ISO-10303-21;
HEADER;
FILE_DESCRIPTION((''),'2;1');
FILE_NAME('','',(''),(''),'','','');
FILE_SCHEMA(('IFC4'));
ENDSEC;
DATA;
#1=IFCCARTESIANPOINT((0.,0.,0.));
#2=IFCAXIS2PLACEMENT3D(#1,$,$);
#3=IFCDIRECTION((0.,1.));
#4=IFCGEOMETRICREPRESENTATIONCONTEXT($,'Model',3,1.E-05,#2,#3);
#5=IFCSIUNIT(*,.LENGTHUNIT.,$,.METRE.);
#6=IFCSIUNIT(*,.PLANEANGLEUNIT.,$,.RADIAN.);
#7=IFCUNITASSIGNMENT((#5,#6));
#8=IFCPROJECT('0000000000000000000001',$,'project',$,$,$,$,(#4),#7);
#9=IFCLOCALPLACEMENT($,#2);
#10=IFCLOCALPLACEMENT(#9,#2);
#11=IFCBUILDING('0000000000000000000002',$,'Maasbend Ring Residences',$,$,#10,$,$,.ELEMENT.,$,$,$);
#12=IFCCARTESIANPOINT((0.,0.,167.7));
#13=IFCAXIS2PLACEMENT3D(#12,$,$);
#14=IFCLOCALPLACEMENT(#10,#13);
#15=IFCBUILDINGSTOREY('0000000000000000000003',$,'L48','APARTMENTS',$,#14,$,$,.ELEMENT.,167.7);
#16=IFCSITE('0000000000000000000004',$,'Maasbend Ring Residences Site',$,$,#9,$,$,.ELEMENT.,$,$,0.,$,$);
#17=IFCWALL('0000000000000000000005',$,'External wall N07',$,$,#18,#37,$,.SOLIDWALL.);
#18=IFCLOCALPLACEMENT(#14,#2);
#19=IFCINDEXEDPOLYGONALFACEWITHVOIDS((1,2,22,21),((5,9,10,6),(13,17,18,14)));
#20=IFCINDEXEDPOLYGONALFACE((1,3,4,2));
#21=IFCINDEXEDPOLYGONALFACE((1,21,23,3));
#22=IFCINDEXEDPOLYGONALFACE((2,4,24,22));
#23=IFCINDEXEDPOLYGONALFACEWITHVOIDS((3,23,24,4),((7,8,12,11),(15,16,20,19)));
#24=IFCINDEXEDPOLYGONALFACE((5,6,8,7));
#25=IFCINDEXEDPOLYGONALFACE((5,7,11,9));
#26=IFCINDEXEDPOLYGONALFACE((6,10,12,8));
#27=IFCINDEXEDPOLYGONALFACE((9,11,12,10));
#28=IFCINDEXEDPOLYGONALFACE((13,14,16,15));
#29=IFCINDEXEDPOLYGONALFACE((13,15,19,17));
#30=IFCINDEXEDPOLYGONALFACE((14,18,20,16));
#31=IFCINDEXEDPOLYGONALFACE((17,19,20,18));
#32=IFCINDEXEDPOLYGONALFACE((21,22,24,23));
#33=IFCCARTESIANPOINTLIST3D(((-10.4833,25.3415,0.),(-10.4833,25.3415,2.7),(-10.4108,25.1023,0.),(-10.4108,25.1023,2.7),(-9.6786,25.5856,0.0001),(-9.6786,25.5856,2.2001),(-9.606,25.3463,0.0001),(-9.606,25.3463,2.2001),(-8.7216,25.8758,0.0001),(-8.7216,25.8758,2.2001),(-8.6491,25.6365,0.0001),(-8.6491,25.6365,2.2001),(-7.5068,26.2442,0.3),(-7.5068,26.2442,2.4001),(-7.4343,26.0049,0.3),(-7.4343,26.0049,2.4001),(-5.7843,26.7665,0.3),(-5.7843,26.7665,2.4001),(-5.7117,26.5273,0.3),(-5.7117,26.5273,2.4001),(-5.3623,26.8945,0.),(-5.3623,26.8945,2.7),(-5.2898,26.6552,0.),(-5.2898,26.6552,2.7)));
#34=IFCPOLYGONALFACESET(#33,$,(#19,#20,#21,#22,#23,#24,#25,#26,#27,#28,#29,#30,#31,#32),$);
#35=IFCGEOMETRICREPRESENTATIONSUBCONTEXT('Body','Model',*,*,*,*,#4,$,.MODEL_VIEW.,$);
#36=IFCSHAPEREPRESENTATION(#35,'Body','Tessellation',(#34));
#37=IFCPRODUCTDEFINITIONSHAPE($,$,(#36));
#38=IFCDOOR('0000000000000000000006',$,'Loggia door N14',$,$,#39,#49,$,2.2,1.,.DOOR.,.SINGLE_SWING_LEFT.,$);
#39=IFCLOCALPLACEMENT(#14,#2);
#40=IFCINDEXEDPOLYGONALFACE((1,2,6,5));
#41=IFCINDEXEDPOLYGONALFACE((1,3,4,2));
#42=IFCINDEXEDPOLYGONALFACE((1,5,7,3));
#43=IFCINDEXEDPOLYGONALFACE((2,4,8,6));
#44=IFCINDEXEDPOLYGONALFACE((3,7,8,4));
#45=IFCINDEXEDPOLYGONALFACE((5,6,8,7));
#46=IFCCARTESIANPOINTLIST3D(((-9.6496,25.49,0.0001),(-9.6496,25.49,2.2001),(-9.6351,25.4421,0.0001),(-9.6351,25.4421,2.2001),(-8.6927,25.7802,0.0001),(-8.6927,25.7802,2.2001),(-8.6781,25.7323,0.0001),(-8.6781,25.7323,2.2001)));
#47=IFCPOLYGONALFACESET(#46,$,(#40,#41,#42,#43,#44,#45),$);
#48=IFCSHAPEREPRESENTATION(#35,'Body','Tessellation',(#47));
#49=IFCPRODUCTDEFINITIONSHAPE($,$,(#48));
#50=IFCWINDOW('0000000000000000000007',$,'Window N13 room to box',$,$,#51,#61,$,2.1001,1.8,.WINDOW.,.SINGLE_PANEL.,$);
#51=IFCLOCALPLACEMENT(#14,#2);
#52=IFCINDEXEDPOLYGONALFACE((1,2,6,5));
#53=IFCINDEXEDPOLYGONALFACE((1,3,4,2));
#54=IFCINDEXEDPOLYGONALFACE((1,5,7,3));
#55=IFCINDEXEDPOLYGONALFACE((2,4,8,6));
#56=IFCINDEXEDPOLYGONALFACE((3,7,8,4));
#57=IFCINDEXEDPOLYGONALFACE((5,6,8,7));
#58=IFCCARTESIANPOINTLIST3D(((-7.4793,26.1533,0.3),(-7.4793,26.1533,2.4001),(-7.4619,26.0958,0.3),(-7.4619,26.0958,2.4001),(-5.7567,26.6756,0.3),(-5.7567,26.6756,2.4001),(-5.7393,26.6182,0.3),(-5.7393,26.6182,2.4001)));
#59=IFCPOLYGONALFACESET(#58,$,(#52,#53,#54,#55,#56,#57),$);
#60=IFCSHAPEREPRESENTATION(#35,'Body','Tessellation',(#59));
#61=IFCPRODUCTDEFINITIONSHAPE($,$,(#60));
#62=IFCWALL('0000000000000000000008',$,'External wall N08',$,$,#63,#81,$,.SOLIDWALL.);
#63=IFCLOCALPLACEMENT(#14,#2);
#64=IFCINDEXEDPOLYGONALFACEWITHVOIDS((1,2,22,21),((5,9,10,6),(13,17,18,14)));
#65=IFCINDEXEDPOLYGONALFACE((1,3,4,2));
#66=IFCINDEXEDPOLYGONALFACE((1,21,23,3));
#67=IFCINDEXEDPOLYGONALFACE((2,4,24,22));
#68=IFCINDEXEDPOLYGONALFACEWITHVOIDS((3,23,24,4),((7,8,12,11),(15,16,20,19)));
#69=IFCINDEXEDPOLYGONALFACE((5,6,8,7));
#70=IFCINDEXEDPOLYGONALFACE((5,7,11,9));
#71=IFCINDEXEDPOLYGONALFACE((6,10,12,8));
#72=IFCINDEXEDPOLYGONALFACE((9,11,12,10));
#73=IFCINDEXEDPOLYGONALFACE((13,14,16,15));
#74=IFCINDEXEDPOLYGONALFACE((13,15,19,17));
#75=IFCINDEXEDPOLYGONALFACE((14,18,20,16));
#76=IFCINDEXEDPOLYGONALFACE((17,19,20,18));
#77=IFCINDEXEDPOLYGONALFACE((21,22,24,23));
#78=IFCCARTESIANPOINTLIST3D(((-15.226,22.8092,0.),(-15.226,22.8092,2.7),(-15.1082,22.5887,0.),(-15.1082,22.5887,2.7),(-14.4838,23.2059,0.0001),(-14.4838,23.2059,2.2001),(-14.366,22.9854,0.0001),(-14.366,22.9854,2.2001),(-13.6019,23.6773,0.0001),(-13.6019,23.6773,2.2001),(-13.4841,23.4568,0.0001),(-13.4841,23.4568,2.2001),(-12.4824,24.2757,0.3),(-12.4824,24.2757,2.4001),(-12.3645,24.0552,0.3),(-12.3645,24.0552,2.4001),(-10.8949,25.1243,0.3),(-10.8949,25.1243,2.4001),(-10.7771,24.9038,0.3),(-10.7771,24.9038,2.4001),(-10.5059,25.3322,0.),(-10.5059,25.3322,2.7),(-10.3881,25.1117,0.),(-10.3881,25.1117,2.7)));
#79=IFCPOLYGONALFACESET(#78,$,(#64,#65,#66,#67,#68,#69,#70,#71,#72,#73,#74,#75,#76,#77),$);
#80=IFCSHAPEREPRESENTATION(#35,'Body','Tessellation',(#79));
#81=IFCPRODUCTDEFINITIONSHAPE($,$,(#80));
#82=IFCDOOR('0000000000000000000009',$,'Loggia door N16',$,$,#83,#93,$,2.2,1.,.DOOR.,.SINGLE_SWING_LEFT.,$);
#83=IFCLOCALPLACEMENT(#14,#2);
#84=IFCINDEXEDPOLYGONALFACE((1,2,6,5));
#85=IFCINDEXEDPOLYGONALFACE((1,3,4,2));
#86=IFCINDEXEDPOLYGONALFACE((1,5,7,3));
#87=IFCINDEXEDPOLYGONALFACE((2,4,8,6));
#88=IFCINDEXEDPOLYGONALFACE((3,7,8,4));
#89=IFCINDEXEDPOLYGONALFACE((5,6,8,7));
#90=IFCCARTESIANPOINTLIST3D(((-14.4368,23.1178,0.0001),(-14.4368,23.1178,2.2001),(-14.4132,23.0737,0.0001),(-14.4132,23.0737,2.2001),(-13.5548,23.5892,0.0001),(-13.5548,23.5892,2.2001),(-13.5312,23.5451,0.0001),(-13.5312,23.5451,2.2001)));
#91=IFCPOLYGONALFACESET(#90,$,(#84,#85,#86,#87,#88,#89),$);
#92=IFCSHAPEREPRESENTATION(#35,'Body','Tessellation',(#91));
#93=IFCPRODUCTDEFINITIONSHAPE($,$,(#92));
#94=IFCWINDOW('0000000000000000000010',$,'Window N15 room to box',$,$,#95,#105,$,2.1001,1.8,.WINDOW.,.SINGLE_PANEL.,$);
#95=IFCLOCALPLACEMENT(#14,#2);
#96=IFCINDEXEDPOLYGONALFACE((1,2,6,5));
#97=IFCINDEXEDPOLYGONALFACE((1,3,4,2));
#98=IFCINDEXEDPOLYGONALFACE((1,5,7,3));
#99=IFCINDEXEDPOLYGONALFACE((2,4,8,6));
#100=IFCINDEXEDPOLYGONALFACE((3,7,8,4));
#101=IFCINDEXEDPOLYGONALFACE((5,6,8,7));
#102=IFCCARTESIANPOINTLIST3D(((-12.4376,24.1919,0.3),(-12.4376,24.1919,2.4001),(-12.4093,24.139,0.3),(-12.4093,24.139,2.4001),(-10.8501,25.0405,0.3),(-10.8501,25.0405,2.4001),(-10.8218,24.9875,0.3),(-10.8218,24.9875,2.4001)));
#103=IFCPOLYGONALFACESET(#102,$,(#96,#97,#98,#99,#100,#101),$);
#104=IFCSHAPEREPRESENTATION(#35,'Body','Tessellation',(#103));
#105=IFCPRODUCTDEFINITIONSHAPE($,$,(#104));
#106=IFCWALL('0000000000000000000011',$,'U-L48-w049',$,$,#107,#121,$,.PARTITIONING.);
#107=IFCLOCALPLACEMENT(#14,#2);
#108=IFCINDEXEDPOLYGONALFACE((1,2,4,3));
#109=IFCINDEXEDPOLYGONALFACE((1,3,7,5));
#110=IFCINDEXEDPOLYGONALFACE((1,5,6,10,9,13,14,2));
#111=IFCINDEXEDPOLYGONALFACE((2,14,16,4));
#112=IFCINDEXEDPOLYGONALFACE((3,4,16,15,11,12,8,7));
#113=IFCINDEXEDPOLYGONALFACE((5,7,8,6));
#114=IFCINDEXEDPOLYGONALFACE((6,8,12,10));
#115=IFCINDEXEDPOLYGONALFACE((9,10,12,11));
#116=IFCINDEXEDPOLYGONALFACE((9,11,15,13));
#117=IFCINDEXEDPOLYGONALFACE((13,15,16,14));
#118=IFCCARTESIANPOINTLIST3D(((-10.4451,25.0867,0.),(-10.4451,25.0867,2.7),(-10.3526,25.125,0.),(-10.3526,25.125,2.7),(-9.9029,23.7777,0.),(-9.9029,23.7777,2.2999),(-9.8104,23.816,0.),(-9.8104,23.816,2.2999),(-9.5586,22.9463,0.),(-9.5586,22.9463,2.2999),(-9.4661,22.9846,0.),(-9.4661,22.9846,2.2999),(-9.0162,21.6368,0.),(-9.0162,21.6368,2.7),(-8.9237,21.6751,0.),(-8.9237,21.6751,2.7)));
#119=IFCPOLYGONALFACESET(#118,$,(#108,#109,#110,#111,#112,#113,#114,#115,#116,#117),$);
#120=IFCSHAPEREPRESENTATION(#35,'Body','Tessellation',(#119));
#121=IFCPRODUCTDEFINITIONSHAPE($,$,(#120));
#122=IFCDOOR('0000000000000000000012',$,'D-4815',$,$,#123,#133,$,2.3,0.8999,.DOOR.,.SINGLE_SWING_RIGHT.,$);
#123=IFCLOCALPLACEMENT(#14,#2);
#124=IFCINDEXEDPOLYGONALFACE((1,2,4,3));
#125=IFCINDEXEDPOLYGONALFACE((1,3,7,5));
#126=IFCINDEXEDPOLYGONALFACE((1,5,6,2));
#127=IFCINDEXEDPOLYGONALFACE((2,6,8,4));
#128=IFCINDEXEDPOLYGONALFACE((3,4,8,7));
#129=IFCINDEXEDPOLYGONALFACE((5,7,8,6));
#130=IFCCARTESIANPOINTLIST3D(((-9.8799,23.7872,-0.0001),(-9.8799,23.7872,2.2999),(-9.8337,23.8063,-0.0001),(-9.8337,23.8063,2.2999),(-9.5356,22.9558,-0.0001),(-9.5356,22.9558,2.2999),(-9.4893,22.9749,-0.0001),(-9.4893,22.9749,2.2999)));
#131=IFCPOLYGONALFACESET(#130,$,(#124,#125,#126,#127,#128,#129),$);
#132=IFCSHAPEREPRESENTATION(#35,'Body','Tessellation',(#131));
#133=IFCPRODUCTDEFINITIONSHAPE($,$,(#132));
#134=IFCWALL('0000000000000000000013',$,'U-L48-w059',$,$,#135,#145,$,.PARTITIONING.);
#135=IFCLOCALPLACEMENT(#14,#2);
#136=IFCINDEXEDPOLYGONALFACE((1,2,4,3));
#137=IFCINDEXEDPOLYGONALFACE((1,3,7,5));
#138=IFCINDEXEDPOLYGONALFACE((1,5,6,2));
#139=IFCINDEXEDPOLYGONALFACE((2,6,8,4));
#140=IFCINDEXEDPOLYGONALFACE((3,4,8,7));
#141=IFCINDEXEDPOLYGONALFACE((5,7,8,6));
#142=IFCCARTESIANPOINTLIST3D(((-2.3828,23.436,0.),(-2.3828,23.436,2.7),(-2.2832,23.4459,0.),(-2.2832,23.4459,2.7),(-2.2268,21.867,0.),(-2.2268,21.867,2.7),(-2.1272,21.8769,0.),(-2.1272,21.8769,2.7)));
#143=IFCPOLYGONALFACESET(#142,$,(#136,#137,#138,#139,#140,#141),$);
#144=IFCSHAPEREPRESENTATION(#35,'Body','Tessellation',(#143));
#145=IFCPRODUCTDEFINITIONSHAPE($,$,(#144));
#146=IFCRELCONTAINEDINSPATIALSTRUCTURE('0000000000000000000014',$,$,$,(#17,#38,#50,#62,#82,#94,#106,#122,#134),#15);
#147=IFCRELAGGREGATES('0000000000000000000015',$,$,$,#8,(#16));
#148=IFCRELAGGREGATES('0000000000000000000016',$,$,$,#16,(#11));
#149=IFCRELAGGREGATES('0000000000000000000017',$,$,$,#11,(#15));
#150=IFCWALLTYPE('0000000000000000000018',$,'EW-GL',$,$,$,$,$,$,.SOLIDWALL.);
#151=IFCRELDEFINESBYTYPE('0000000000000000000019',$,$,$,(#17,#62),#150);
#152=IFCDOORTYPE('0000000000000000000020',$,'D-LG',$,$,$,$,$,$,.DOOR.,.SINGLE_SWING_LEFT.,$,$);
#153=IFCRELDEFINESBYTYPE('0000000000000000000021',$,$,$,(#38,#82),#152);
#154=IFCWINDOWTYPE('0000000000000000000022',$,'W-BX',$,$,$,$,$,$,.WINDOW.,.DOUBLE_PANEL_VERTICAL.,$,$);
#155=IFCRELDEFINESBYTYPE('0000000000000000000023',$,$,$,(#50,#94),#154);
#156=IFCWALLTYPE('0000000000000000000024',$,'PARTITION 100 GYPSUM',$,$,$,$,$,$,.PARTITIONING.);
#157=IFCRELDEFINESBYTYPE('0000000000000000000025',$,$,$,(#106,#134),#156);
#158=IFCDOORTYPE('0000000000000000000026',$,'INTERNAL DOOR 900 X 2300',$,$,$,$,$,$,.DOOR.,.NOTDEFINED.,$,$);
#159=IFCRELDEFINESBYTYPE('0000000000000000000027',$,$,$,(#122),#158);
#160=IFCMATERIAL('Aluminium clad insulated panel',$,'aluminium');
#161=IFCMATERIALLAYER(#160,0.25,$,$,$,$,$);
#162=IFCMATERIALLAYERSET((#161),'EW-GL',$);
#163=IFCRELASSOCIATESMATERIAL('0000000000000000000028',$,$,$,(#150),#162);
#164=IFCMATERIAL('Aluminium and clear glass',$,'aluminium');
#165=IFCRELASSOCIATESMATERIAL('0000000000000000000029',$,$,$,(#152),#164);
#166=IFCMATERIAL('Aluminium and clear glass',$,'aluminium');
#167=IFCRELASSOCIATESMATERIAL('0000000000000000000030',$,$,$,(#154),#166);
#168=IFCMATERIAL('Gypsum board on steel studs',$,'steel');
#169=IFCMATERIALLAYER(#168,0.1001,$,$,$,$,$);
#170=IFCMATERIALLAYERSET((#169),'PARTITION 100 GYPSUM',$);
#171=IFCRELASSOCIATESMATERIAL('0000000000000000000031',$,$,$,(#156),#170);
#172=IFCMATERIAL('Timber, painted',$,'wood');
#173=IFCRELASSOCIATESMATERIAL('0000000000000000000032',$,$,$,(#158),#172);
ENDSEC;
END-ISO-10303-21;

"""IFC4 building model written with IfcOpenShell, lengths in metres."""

from ifc_helpers import new_model, si_unit, direction, frame, frame_2d, origin, place, context, subcontext, project, spatial, rectangle, extrude, material, layer, layer_set, type_object, element, fill, save


model = new_model("IFC4")

# Units and contexts
model_context = context("Model", 3, precision=1e-05, world=origin(), true_north=direction((0.0, 1.0)))
body_context = subcontext(model_context, "Body", "Model", "MODEL_VIEW")
ifc_project = project(units=[si_unit("LENGTHUNIT", "METRE"), si_unit("PLANEANGLEUNIT", "RADIAN")], contexts=[model_context])

# Site, building, storey
site_placement = place(None, origin())
site = spatial("IfcSite", under=ifc_project, at=site_placement, Name="Maasbend Ring Residences Site", CompositionType="ELEMENT", RefElevation=0.0)
building_placement = place(site_placement, origin())
building = spatial("IfcBuilding", under=site, at=building_placement, Name="Maasbend Ring Residences", CompositionType="ELEMENT")
storey_placement = place(building_placement, frame((0.0, 0.0, 167.7)))
storey = spatial("IfcBuildingStorey", under=building, at=storey_placement, Name="L48", Description="APARTMENTS", CompositionType="ELEMENT", Elevation=167.7)

# Walls, openings, doors, windows
ifc_material_1 = material(Name="Aluminium clad insulated panel", Category="aluminium")
ifc_layer_1 = layer(ifc_material_1, 0.25)
ifc_layer_set_1 = layer_set([ifc_layer_1], Name="EW-GL")
wall_type_1 = type_object("IfcWallType", Name="EW-GL", PredefinedType="SOLIDWALL", material=ifc_layer_set_1)
wall_1_placement = place(storey_placement, frame((-5.3259, 26.7749, 0.0), z_axis=(0.0, 0.0, 1.0), x_axis=(-0.956966, -0.290201, 0.0)))
wall_1 = element("IfcWall", 1, at=wall_1_placement, inside=storey, type_object=wall_type_1, Name="External wall N07", PredefinedType="SOLIDWALL", context=body_context, shape_type="SweptSolid", body=[
    extrude(rectangle(XDim=5.3513, YDim=0.25, at=frame_2d((2.6758, 0.0))), origin(), (0.0, 0.0, 1.0), 2.7),
])
opening_1_placement = place(wall_1_placement, frame((0.4412, 0.0, 0.3)))
opening_1 = element("IfcOpeningElement", 2, at=opening_1_placement, cuts=wall_1, PredefinedType="OPENING", context=body_context, shape_type="SweptSolid", body=[
    extrude(rectangle(XDim=1.8, YDim=2.1001, at=frame_2d((0.8999, 1.05))), frame((0.0, 0.135, 0.0), z_axis=(0.0, -1.0, 0.0), x_axis=(1.0, 0.0, 0.0)), (0.0, 0.0, 1.0), 0.27),
])
opening_2_placement = place(wall_1_placement, frame((3.5105, 0.0, 0.0)))
opening_2 = element("IfcOpeningElement", 3, at=opening_2_placement, cuts=wall_1, PredefinedType="OPENING", context=body_context, shape_type="SweptSolid", body=[
    extrude(rectangle(XDim=1.0, YDim=2.2, at=frame_2d((0.5, 1.1001))), frame((0.0, 0.135, 0.0), z_axis=(0.0, -1.0, 0.0), x_axis=(1.0, 0.0, 0.0)), (0.0, 0.0, 1.0), 0.27),
])
ifc_material_2 = material(Name="Aluminium and clear glass", Category="aluminium")
door_type_1 = type_object("IfcDoorType", Name="D-LG", OperationType="SINGLE_SWING_LEFT", PredefinedType="DOOR", material=ifc_material_2)
door_1_placement = place(opening_2_placement, origin())
door_1 = element("IfcDoor", 4, at=door_1_placement, inside=storey, type_object=door_type_1, Name="Loggia door N14", OperationType="SINGLE_SWING_LEFT", OverallHeight=2.2, OverallWidth=1.0, PredefinedType="DOOR", context=body_context, shape_type="SweptSolid", body=[
    extrude(rectangle(XDim=1.0, YDim=2.2, at=frame_2d((0.5, 1.1001))), frame((0.0, 0.0249, 0.0), z_axis=(0.0, -1.0, 0.0), x_axis=(1.0, 0.0, 0.0)), (0.0, 0.0, 1.0), 0.05),
])
fill(opening_2, door_1)
ifc_material_3 = material(Name="Aluminium and clear glass", Category="aluminium")
window_type_1 = type_object("IfcWindowType", Name="W-BX", PartitioningType="DOUBLE_PANEL_VERTICAL", PredefinedType="WINDOW", material=ifc_material_3)
window_1_placement = place(opening_1_placement, origin())
window_1 = element("IfcWindow", 5, at=window_1_placement, inside=storey, type_object=window_type_1, Name="Window N13 room to box", OverallHeight=2.1001, OverallWidth=1.8, PartitioningType="SINGLE_PANEL", PredefinedType="WINDOW", context=body_context, shape_type="SweptSolid", body=[
    extrude(rectangle(XDim=1.8, YDim=2.1001, at=frame_2d((0.8999, 1.05))), frame((0.0, 0.03, 0.0), z_axis=(0.0, -1.0, 0.0), x_axis=(1.0, 0.0, 0.0)), (0.0, 0.0, 1.0), 0.0601),
])
fill(opening_1, window_1)
wall_2_placement = place(storey_placement, frame((-10.447, 25.2219, 0.0), z_axis=(0.0, 0.0, 1.0), x_axis=(-0.881916, -0.471407, 0.0)))
wall_2 = element("IfcWall", 6, at=wall_2_placement, inside=storey, type_object=wall_type_1, Name="External wall N08", PredefinedType="SOLIDWALL", context=body_context, shape_type="SweptSolid", body=[
    extrude(rectangle(XDim=5.3521, YDim=0.25, at=frame_2d((2.676, 0.0))), origin(), (0.0, 0.0, 1.0), 2.7),
])
opening_3_placement = place(wall_2_placement, frame((0.4412, 0.0, 0.3)))
opening_3 = element("IfcOpeningElement", 7, at=opening_3_placement, cuts=wall_2, PredefinedType="OPENING", context=body_context, shape_type="SweptSolid", body=[
    extrude(rectangle(XDim=1.8, YDim=2.1001, at=frame_2d((0.8999, 1.05))), frame((0.0, 0.135, 0.0), z_axis=(0.0, -1.0, 0.0), x_axis=(1.0, 0.0, 0.0)), (0.0, 0.0, 1.0), 0.27),
])
opening_4_placement = place(wall_2_placement, frame((3.5105, 0.0, 0.0)))
opening_4 = element("IfcOpeningElement", 8, at=opening_4_placement, cuts=wall_2, PredefinedType="OPENING", context=body_context, shape_type="SweptSolid", body=[
    extrude(rectangle(XDim=1.0, YDim=2.2, at=frame_2d((0.5, 1.1001))), frame((0.0, 0.135, 0.0), z_axis=(0.0, -1.0, 0.0), x_axis=(1.0, 0.0, 0.0)), (0.0, 0.0, 1.0), 0.27),
])
door_2_placement = place(opening_4_placement, origin())
door_2 = element("IfcDoor", 9, at=door_2_placement, inside=storey, type_object=door_type_1, Name="Loggia door N16", OperationType="SINGLE_SWING_LEFT", OverallHeight=2.2, OverallWidth=1.0, PredefinedType="DOOR", context=body_context, shape_type="SweptSolid", body=[
    extrude(rectangle(XDim=1.0, YDim=2.2, at=frame_2d((0.5, 1.1001))), frame((0.0, 0.0249, 0.0), z_axis=(0.0, -1.0, 0.0), x_axis=(1.0, 0.0, 0.0)), (0.0, 0.0, 1.0), 0.05),
])
fill(opening_4, door_2)
window_2_placement = place(opening_3_placement, origin())
window_2 = element("IfcWindow", 10, at=window_2_placement, inside=storey, type_object=window_type_1, Name="Window N15 room to box", OverallHeight=2.1001, OverallWidth=1.8, PartitioningType="SINGLE_PANEL", PredefinedType="WINDOW", context=body_context, shape_type="SweptSolid", body=[
    extrude(rectangle(XDim=1.8, YDim=2.1001, at=frame_2d((0.8999, 1.05))), frame((0.0, 0.03, 0.0), z_axis=(0.0, -1.0, 0.0), x_axis=(1.0, 0.0, 0.0)), (0.0, 0.0, 1.0), 0.0601),
])
fill(opening_3, window_2)

# Wall, opening, door
ifc_material_4 = material(Name="Gypsum board on steel studs", Category="steel")
ifc_layer_2 = layer(ifc_material_4, 0.1001)
ifc_layer_set_2 = layer_set([ifc_layer_2], Name="PARTITION 100 GYPSUM")
wall_type_2 = type_object("IfcWallType", Name="PARTITION 100 GYPSUM", PredefinedType="PARTITIONING", material=ifc_layer_set_2)
wall_3_placement = place(storey_placement, frame((-10.3989, 25.106, 0.0), z_axis=(0.0, 0.0, 1.0), x_axis=(0.382669, -0.923885, 0.0)))
wall_3 = element("IfcWall", 11, at=wall_3_placement, inside=storey, type_object=wall_type_2, Name="U-L48-w049", PredefinedType="PARTITIONING", context=body_context, shape_type="SweptSolid", body=[
    extrude(rectangle(XDim=3.7341, YDim=0.1001, at=frame_2d((1.8672, 0.0))), origin(), (0.0, 0.0, 1.0), 2.7),
])
opening_5_placement = place(wall_3_placement, frame((1.417, 0.0, 0.0)))
opening_5 = element("IfcOpeningElement", 12, at=opening_5_placement, cuts=wall_3, PredefinedType="OPENING", context=body_context, shape_type="SweptSolid", body=[
    extrude(rectangle(XDim=0.8999, YDim=2.3, at=frame_2d((0.45, 1.1499))), frame((0.0, 0.0601, 0.0), z_axis=(0.0, -1.0, 0.0), x_axis=(1.0, 0.0, 0.0)), (0.0, 0.0, 1.0), 0.1201),
])
ifc_material_5 = material(Name="Timber, painted", Category="wood")
door_type_2 = type_object("IfcDoorType", Name="INTERNAL DOOR 900 X 2300", OperationType="NOTDEFINED", PredefinedType="DOOR", material=ifc_material_5)
door_3_placement = place(opening_5_placement, origin())
door_3 = element("IfcDoor", 13, at=door_3_placement, inside=storey, type_object=door_type_2, Name="D-4815", OperationType="SINGLE_SWING_RIGHT", OverallHeight=2.3, OverallWidth=0.8999, PredefinedType="DOOR", context=body_context, shape_type="SweptSolid", body=[
    extrude(rectangle(XDim=0.8999, YDim=2.3, at=frame_2d((0.45, 1.1499))), frame((0.0, 0.0249, 0.0), z_axis=(0.0, -1.0, 0.0), x_axis=(1.0, 0.0, 0.0)), (0.0, 0.0, 1.0), 0.05),
])
fill(opening_5, door_3)

# Wall
wall_4_placement = place(storey_placement, frame((-2.333, 23.4409, 0.0), z_axis=(0.0, 0.0, 1.0), x_axis=(0.098952, -0.995092, 0.0)))
element("IfcWall", 14, at=wall_4_placement, inside=storey, type_object=wall_type_2, Name="U-L48-w059", PredefinedType="PARTITIONING", context=body_context, shape_type="SweptSolid", body=[
    extrude(rectangle(XDim=1.5767, YDim=0.1001, at=frame_2d((0.7883, 0.0))), origin(), (0.0, 0.0, 1.0), 2.7),
])

save(model, "model.ifc")
